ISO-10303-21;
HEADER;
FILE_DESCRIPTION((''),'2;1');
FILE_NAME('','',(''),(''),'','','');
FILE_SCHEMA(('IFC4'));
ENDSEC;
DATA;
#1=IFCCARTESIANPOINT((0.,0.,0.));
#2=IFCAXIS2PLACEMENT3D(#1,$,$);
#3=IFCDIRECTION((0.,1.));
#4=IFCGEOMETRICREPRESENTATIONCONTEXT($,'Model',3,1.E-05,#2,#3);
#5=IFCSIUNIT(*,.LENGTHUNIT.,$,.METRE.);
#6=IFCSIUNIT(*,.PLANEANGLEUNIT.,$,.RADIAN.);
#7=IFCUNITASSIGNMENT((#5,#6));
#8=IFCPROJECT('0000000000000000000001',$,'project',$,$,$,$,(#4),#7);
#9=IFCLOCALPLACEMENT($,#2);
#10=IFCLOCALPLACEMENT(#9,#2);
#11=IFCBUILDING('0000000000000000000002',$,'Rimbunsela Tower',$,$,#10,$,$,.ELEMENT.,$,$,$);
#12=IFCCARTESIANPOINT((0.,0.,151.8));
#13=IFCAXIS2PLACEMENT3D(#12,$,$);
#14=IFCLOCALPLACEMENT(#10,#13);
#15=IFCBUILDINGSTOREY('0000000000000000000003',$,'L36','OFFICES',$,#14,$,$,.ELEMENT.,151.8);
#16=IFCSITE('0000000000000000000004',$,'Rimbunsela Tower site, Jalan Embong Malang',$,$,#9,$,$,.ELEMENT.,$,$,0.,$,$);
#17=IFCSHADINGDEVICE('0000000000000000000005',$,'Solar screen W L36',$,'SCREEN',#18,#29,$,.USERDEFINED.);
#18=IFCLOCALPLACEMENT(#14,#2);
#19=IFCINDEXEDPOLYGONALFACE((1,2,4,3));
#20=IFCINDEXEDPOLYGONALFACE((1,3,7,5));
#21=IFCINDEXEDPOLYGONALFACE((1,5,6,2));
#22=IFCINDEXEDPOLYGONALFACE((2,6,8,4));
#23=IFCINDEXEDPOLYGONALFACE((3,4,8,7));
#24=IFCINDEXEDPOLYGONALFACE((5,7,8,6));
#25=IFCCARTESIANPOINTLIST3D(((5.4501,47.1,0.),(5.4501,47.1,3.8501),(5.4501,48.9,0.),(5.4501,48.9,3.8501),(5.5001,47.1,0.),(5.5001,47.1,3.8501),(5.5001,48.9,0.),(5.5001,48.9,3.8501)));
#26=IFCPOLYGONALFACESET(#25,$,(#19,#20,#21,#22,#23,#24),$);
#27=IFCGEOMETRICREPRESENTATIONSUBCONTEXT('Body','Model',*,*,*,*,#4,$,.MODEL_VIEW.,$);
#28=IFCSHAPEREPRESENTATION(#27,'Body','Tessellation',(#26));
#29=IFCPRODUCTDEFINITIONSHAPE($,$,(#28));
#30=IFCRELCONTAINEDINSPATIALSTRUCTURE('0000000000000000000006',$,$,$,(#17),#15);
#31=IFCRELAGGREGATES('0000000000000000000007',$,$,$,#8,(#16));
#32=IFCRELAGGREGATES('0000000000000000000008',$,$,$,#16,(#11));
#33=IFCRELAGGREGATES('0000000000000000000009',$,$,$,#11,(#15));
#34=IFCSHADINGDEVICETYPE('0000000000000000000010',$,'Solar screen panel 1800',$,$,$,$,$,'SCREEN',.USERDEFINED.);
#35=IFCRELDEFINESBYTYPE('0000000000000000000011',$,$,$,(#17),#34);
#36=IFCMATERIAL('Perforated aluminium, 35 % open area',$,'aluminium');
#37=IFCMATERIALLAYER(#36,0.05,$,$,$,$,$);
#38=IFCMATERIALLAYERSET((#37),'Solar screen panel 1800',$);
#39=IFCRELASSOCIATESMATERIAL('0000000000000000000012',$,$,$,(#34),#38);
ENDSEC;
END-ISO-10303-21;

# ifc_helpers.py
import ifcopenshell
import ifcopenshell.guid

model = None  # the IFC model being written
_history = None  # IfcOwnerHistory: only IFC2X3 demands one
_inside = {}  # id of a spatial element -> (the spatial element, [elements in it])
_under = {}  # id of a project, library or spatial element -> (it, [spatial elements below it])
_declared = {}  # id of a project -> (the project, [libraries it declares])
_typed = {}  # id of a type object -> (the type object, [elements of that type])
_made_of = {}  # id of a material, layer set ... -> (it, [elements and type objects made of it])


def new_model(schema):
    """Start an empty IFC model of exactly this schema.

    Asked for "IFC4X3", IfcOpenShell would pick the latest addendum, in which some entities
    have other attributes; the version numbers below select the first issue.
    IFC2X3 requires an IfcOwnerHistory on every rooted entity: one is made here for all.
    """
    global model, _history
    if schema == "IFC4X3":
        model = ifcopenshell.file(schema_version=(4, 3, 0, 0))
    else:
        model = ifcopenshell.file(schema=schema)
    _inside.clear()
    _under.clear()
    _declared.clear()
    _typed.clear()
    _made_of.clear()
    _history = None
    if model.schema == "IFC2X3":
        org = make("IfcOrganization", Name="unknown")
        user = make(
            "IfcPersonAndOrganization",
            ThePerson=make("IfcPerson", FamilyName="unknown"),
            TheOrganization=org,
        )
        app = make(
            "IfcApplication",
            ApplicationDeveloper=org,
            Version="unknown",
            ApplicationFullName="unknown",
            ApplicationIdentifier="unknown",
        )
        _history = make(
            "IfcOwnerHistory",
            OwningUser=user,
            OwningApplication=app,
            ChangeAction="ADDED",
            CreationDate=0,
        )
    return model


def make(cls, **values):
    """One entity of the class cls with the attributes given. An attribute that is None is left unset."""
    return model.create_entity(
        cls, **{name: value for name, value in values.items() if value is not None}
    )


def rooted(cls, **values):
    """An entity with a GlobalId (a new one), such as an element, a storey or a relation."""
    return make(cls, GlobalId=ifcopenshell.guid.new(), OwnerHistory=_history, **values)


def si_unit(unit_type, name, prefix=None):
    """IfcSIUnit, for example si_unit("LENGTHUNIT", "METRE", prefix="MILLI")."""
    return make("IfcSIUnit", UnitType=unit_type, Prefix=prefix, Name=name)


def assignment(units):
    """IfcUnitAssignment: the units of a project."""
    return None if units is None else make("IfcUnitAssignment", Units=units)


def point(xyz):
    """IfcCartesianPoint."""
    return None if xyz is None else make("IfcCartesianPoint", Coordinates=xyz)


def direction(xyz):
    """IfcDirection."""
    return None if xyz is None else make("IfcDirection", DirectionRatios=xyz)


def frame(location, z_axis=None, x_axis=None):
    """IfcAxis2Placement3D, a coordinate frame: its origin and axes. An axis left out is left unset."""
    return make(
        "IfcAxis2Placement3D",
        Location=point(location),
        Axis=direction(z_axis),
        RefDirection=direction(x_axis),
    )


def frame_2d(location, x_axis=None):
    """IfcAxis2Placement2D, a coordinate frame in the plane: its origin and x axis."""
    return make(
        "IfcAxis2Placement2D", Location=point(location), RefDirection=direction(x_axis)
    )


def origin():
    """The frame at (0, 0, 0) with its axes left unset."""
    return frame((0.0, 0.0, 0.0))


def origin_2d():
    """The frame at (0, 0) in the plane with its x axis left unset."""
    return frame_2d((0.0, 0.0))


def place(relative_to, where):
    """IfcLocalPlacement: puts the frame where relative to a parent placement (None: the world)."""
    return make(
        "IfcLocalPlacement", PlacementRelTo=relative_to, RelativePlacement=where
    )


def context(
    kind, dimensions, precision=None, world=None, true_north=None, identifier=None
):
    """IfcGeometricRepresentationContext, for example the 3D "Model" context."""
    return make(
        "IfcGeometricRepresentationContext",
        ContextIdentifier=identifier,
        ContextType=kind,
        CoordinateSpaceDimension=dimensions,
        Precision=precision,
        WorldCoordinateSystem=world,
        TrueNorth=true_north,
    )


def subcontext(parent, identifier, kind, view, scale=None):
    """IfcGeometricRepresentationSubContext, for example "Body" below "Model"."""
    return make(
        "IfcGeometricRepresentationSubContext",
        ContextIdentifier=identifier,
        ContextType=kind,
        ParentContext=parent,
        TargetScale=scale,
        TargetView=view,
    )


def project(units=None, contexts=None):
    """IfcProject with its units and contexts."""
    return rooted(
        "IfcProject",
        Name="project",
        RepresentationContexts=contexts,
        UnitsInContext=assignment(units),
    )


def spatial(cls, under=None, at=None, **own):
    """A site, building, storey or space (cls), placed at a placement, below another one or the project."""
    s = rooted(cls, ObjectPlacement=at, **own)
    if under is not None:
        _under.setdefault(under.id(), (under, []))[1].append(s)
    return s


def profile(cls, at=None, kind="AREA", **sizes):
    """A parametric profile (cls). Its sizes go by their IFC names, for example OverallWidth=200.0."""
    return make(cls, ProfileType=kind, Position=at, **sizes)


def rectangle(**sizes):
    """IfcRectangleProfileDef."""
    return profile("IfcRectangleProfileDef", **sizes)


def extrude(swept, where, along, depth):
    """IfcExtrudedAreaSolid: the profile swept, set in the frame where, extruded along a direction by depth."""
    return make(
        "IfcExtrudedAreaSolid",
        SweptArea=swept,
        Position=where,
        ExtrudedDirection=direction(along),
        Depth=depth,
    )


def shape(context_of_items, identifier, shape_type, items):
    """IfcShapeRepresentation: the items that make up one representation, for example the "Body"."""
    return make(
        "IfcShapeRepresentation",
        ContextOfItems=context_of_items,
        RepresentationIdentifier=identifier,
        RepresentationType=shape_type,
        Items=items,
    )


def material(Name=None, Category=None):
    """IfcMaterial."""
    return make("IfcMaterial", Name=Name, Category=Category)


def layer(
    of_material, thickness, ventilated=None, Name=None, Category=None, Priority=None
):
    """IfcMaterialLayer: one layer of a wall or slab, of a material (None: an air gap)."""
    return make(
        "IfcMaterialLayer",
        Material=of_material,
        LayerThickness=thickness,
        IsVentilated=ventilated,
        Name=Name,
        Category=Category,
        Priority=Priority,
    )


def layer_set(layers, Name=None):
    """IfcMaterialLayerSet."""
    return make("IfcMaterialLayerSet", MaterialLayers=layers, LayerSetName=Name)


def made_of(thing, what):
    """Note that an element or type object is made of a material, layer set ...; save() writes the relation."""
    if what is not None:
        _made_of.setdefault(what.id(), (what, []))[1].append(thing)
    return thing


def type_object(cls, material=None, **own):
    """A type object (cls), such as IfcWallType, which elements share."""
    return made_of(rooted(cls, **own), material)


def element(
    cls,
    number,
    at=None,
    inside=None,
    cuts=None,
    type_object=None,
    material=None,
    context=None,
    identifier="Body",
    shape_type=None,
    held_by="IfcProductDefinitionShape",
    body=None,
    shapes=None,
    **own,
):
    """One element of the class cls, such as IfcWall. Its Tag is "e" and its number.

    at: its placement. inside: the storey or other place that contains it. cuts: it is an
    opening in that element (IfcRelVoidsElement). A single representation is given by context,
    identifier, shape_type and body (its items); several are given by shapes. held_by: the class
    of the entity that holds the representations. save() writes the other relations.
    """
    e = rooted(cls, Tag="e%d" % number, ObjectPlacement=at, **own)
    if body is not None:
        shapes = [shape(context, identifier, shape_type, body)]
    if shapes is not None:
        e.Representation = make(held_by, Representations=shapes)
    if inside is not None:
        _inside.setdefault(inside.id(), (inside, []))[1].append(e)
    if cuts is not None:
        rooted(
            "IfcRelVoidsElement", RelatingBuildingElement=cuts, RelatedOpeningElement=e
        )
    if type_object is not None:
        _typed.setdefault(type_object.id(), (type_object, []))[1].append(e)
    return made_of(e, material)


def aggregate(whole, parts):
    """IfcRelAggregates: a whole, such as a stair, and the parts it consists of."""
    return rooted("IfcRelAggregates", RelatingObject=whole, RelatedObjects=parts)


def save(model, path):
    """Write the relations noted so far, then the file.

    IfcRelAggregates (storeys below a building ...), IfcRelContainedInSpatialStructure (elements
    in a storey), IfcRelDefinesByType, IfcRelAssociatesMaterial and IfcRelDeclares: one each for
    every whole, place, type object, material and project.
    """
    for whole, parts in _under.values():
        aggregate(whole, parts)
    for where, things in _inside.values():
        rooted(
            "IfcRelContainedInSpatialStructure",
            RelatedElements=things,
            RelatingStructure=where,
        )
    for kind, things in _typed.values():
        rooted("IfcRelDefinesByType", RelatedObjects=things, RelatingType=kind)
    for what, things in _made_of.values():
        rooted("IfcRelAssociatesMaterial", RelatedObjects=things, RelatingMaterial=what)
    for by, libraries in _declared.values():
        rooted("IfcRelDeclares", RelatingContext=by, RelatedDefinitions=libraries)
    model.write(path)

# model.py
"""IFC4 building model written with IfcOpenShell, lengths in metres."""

from ifc_helpers import new_model, si_unit, direction, frame, origin, origin_2d, place, context, subcontext, project, spatial, rectangle, extrude, material, layer, layer_set, type_object, element, save


model = new_model("IFC4")

# Units and contexts
model_context = context("Model", 3, precision=1e-05, world=origin(), true_north=direction((0.0, 1.0)))
body_context = subcontext(model_context, "Body", "Model", "MODEL_VIEW")
ifc_project = project(units=[si_unit("LENGTHUNIT", "METRE"), si_unit("PLANEANGLEUNIT", "RADIAN")], contexts=[model_context])

# Site, building, storey
site_placement = place(None, origin())
site = spatial("IfcSite", under=ifc_project, at=site_placement, Name="Rimbunsela Tower site, Jalan Embong Malang", CompositionType="ELEMENT", RefElevation=0.0)
building_placement = place(site_placement, origin())
building = spatial("IfcBuilding", under=site, at=building_placement, Name="Rimbunsela Tower", CompositionType="ELEMENT")
storey_placement = place(building_placement, frame((0.0, 0.0, 151.8)))
storey = spatial("IfcBuildingStorey", under=building, at=storey_placement, Name="L36", Description="OFFICES", CompositionType="ELEMENT", Elevation=151.8)

# Shading device
ifc_material_1 = material(Name="Perforated aluminium, 35 % open area", Category="aluminium")
ifc_layer_1 = layer(ifc_material_1, 0.05)
ifc_layer_set_1 = layer_set([ifc_layer_1], Name="Solar screen panel 1800")
shading_device_type = type_object("IfcShadingDeviceType", Name="Solar screen panel 1800", ElementType="SCREEN", PredefinedType="USERDEFINED", material=ifc_layer_set_1)
for number, where, z_axis, x_axis, name in (
    (1, (5.4751, 48.0, 0.0), (0.0, 0.0, 1.0), (0.0, 1.0, 0.0), "Solar screen W L36"),
):
    element("IfcShadingDevice", number, at=place(storey_placement, frame(where, z_axis=z_axis, x_axis=x_axis)), inside=storey, type_object=shading_device_type, Name=name, ObjectType="SCREEN", PredefinedType="USERDEFINED", context=body_context, shape_type="SweptSolid", body=[
        extrude(rectangle(XDim=1.8, YDim=0.05, at=origin_2d()), origin(), (0.0, 0.0, 1.0), 3.8501),
    ])

save(model, "model.ifc")
